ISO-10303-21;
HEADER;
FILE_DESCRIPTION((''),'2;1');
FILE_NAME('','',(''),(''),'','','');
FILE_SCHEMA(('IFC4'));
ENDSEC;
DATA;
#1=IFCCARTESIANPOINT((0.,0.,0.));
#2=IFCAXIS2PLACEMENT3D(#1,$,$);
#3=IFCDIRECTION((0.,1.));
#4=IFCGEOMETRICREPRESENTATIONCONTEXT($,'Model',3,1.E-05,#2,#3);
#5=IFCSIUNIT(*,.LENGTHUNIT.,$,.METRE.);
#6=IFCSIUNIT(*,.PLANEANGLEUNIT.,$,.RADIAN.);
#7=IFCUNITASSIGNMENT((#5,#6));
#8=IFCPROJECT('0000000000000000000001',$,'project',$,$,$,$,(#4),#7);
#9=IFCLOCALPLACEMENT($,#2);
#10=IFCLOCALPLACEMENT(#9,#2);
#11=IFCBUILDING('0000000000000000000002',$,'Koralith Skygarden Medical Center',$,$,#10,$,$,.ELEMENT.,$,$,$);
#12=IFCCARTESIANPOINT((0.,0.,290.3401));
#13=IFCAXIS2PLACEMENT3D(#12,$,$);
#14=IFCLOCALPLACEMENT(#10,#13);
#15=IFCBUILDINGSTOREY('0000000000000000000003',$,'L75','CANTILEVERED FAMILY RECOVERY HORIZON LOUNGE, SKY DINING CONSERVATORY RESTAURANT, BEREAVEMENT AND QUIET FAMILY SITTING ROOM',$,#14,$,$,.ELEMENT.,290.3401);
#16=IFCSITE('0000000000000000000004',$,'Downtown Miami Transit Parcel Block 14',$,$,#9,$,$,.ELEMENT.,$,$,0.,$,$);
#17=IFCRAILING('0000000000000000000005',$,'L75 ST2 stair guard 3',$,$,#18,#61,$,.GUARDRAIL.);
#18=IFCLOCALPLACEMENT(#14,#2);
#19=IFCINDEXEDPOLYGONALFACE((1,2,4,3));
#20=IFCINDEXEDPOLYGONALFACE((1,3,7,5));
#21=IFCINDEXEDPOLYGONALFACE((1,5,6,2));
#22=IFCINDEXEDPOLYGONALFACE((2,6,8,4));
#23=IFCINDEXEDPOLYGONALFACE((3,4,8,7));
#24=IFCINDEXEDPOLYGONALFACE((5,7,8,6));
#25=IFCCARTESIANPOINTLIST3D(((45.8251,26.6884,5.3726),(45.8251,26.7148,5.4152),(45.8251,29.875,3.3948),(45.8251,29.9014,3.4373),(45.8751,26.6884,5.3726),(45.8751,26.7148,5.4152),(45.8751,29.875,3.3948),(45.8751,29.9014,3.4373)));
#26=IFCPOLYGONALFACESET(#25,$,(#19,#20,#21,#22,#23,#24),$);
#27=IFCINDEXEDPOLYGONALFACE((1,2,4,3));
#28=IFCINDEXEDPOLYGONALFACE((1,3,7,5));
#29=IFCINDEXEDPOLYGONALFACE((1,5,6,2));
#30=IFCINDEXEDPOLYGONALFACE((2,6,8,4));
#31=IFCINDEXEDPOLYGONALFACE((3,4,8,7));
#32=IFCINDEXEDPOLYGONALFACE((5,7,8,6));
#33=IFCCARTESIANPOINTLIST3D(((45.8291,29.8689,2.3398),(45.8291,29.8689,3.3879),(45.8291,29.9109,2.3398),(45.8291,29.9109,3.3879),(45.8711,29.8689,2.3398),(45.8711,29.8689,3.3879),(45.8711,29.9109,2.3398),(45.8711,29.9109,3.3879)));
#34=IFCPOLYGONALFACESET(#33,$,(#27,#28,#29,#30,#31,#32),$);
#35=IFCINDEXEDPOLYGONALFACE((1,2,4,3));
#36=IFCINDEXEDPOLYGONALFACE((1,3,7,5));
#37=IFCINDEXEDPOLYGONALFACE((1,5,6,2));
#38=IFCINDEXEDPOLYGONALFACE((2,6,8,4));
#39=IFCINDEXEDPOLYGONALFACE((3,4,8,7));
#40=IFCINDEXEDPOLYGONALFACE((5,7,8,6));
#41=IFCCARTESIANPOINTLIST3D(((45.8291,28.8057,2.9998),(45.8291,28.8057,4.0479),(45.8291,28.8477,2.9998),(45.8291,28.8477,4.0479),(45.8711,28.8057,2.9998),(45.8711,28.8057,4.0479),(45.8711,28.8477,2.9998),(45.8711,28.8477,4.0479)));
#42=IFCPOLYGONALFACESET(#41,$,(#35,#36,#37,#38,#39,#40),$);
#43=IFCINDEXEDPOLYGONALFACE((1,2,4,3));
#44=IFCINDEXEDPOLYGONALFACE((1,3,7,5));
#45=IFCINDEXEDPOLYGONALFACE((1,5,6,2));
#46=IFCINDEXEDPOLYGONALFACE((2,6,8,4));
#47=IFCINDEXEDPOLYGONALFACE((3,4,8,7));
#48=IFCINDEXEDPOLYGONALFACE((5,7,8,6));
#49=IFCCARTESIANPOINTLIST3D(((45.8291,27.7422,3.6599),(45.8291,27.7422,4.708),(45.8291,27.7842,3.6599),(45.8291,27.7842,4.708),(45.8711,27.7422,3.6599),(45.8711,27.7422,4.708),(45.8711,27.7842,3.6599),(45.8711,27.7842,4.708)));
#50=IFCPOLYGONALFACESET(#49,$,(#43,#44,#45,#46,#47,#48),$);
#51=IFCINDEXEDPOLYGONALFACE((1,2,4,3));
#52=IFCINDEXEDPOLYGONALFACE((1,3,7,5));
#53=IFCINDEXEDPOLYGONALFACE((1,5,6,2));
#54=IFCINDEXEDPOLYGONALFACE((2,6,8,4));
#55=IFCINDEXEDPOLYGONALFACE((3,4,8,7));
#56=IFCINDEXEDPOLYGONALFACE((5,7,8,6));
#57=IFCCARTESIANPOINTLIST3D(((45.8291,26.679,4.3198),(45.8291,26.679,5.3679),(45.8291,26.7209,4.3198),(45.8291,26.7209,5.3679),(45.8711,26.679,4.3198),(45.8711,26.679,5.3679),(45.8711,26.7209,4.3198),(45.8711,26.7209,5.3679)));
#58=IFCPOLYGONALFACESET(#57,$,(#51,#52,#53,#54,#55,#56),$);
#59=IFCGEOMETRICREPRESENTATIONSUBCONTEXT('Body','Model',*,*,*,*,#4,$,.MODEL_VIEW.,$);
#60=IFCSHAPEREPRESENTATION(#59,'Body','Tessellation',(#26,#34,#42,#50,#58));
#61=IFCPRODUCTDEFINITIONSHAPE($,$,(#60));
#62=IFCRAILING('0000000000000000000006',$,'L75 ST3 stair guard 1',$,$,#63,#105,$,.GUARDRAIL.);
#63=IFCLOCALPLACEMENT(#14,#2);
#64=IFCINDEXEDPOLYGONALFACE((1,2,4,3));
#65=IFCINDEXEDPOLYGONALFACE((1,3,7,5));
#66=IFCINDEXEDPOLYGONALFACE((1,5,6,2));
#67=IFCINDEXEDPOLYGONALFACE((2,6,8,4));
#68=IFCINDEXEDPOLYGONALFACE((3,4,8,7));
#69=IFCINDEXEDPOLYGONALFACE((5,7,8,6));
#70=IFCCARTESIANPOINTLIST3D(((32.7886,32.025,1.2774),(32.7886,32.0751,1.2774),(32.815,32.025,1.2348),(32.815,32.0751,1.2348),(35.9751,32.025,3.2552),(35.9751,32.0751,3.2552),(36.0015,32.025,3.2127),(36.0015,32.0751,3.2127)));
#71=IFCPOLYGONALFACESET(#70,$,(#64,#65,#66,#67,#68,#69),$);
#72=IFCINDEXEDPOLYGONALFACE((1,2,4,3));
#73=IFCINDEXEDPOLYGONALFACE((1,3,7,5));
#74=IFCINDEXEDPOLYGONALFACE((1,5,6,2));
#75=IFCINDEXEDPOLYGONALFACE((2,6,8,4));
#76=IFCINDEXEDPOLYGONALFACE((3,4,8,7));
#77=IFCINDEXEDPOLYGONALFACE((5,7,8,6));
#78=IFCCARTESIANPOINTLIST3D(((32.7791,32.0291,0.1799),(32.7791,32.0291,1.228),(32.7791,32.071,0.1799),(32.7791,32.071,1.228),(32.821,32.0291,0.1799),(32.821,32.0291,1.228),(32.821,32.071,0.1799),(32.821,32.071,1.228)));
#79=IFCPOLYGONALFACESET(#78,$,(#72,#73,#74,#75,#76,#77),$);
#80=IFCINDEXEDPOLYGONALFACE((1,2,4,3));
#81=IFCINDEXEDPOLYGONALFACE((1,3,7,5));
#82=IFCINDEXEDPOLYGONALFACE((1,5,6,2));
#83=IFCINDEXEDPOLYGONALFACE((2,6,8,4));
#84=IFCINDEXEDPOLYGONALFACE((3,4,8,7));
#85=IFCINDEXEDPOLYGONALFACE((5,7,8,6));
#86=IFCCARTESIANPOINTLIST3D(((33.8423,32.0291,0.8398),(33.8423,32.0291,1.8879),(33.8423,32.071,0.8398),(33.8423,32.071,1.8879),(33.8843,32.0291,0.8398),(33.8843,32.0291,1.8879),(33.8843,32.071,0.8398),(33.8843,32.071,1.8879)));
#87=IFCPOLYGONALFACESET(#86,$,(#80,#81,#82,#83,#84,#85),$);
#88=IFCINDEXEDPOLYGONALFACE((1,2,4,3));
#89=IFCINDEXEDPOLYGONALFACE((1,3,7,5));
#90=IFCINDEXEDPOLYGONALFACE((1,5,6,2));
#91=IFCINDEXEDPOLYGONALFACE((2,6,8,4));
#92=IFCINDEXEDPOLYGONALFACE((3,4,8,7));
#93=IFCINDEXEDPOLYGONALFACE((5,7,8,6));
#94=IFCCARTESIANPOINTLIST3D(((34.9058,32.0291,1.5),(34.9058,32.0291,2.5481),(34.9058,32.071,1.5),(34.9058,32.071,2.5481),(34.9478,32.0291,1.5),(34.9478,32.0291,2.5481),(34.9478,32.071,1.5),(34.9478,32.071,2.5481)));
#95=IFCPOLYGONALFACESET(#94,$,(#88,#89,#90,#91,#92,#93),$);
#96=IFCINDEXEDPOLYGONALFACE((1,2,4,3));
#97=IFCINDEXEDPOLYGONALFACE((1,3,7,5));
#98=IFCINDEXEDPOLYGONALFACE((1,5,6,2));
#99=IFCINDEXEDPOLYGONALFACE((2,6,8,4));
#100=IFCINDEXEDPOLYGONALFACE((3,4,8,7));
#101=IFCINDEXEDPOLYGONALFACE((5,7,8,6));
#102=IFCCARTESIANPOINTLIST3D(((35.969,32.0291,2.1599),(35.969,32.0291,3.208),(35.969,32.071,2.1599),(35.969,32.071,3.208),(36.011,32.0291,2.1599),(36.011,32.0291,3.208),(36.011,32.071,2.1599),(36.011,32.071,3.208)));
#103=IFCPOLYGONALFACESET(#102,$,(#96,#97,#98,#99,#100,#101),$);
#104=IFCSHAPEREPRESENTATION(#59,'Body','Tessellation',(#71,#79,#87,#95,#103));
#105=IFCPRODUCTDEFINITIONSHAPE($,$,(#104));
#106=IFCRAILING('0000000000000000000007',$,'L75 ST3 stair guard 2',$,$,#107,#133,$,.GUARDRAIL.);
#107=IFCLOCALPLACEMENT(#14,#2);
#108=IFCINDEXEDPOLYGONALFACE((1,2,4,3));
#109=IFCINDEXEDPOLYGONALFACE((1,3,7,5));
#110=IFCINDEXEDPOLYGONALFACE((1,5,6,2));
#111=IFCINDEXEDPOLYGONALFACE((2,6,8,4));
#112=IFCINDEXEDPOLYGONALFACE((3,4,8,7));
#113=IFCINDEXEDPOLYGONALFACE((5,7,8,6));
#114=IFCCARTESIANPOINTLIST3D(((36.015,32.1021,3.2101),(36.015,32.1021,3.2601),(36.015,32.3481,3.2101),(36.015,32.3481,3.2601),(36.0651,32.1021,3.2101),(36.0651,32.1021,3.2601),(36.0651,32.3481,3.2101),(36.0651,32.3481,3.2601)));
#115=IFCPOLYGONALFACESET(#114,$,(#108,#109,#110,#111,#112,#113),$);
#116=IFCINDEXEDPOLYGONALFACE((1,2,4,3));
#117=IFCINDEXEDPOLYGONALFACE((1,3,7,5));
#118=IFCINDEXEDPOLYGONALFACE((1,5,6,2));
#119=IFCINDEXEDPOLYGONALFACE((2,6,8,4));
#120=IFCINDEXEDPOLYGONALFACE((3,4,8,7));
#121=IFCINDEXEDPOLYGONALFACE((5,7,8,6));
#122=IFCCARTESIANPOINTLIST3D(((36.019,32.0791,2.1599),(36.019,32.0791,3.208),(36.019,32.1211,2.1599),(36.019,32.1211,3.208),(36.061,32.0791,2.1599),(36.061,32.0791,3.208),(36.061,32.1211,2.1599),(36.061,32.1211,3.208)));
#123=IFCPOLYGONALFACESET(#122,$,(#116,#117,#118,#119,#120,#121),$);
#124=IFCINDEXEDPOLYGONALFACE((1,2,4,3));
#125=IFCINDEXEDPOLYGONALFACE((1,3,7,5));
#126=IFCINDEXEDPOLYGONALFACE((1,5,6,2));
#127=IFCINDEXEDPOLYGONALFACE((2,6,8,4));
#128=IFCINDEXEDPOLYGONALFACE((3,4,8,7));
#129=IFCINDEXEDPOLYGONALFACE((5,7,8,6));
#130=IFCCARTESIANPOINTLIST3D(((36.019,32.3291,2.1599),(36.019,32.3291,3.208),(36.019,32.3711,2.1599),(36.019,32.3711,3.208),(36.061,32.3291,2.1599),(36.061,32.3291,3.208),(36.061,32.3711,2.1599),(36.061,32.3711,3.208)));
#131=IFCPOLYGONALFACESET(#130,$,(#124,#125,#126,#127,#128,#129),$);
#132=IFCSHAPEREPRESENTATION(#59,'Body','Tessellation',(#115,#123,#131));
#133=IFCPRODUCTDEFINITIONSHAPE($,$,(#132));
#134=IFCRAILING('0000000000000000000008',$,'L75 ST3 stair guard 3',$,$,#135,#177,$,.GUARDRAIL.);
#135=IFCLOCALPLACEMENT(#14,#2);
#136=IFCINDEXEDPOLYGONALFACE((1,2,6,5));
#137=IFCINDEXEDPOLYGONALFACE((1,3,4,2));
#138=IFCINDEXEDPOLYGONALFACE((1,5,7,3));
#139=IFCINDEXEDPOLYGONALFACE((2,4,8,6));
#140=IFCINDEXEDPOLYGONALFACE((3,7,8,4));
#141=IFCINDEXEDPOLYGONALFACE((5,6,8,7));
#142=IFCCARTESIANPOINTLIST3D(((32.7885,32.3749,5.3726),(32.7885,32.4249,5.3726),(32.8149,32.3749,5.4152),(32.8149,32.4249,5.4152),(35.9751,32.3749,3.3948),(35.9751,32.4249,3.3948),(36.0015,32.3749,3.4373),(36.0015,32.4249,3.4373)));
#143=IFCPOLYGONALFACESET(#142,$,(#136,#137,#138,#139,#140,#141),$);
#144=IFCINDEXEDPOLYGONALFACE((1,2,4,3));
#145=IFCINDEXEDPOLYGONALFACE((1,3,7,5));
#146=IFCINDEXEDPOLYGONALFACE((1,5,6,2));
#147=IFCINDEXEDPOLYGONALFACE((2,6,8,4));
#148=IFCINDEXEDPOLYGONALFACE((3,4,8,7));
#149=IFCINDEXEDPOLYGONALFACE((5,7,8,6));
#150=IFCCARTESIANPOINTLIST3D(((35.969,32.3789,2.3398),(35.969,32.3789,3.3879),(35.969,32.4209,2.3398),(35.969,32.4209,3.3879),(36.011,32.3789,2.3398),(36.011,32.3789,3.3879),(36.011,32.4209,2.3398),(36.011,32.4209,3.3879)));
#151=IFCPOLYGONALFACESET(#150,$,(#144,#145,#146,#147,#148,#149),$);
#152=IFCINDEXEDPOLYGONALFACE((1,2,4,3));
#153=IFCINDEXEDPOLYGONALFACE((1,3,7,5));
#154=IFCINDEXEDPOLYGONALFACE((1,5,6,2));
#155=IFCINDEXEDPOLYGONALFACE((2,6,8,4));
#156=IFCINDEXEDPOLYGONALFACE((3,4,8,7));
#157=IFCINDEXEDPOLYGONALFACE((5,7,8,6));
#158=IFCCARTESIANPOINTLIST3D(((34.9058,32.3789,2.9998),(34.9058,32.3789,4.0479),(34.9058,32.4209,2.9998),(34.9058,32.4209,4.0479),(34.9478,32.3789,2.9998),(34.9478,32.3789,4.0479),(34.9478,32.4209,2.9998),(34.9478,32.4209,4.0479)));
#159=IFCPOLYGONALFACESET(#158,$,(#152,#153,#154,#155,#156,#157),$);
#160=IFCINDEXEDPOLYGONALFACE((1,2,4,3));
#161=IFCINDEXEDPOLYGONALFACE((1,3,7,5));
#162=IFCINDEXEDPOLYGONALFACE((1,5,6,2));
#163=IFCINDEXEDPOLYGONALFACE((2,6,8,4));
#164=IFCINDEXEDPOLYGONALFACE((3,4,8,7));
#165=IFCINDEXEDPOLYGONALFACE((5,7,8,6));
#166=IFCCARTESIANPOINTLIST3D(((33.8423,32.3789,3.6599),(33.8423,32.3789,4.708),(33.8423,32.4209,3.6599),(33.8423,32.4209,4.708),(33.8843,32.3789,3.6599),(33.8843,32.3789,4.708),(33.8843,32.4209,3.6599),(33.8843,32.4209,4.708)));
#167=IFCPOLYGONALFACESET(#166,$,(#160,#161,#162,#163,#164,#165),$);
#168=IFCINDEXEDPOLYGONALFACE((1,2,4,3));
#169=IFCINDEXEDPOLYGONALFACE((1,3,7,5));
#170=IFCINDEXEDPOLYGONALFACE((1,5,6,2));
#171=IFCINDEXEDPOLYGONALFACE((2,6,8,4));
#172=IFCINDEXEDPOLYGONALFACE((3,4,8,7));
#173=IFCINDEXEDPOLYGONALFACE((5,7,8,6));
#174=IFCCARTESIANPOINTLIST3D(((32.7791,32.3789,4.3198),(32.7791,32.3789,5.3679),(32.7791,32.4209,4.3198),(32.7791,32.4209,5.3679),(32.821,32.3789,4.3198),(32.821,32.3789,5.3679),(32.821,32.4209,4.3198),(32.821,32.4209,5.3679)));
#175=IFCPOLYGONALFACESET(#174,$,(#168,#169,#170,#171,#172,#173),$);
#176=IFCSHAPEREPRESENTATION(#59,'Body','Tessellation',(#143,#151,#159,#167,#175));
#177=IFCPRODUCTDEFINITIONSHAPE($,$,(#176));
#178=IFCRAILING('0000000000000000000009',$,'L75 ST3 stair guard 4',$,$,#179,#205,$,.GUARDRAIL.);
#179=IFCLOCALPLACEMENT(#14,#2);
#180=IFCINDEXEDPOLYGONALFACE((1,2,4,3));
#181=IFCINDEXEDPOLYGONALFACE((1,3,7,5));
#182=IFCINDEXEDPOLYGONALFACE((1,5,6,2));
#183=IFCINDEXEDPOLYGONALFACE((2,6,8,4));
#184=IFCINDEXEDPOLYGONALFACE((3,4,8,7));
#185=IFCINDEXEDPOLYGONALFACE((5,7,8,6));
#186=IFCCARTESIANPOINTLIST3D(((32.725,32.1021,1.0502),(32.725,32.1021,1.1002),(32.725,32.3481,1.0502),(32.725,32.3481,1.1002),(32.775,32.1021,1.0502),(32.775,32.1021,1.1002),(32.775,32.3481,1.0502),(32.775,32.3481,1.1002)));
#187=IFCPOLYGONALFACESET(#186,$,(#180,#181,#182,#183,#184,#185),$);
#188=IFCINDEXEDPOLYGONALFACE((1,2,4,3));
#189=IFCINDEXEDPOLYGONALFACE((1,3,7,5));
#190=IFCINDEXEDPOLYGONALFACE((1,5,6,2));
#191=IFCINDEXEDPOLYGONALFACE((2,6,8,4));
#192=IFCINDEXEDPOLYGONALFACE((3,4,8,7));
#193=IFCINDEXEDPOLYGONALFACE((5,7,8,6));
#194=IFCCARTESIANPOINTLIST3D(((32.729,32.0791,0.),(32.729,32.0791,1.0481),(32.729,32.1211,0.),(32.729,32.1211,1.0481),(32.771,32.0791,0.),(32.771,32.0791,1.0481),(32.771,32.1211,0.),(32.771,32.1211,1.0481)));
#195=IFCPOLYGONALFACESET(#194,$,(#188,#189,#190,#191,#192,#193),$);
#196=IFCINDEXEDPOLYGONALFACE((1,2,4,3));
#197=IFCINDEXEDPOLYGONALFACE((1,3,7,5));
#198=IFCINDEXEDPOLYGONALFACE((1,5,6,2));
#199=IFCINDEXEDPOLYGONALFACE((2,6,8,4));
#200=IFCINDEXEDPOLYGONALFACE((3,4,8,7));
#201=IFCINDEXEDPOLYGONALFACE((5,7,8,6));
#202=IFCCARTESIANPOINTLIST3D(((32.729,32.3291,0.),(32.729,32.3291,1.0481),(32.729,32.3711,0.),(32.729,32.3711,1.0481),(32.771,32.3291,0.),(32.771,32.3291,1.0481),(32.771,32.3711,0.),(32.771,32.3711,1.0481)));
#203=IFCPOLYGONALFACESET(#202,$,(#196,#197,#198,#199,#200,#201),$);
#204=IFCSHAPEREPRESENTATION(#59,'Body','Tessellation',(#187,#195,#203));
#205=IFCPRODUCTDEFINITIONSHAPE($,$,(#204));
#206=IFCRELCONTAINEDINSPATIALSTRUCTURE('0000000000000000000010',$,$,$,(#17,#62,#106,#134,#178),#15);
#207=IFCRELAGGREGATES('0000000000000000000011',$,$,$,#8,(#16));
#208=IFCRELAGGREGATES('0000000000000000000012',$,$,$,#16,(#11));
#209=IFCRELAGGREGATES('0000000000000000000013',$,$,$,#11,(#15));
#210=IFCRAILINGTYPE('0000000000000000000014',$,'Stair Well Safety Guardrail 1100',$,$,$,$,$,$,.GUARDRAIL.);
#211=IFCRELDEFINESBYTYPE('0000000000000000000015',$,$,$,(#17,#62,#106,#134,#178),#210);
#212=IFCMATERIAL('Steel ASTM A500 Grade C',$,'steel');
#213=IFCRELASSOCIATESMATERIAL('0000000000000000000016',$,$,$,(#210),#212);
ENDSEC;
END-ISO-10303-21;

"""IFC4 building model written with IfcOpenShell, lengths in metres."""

from ifc_helpers import new_model, si_unit, direction, frame, origin, origin_2d, place, context, subcontext, project, spatial, rectangle, extrude, material, type_object, element, save


model = new_model("IFC4")

# Units and contexts
model_context = context("Model", 3, precision=1e-05, world=origin(), true_north=direction((0.0, 1.0)))
body_context = subcontext(model_context, "Body", "Model", "MODEL_VIEW")
ifc_project = project(units=[si_unit("LENGTHUNIT", "METRE"), si_unit("PLANEANGLEUNIT", "RADIAN")], contexts=[model_context])

# Site, building, storey
site_placement = place(None, origin())
site = spatial("IfcSite", under=ifc_project, at=site_placement, Name="Downtown Miami Transit Parcel Block 14", CompositionType="ELEMENT", RefElevation=0.0)
building_placement = place(site_placement, origin())
building = spatial("IfcBuilding", under=site, at=building_placement, Name="Koralith Skygarden Medical Center", CompositionType="ELEMENT")
storey_placement = place(building_placement, frame((0.0, 0.0, 290.3401)))
storey = spatial("IfcBuildingStorey", under=building, at=storey_placement, Name="L75", Description="CANTILEVERED FAMILY RECOVERY HORIZON LOUNGE, SKY DINING CONSERVATORY RESTAURANT, BEREAVEMENT AND QUIET FAMILY SITTING ROOM", CompositionType="ELEMENT", Elevation=290.3401)

# Shared definitions
ifc_material_1 = material(Name="Steel ASTM A500 Grade C", Category="steel")

# Railings
railing_type_1 = type_object("IfcRailingType", Name="Stair Well Safety Guardrail 1100", PredefinedType="GUARDRAIL", material=ifc_material_1)
railing_1_placement = place(storey_placement, frame((45.8501, 29.8899, 2.3398)))
element("IfcRailing", 1, at=railing_1_placement, inside=storey, type_object=railing_type_1, Name="L75 ST2 stair guard 3", PredefinedType="GUARDRAIL", context=body_context, shape_type="SweptSolid", body=[
    extrude(rectangle(XDim=0.05, YDim=0.05, at=origin_2d()), frame((0.0, -0.0017, 1.0762), z_axis=(0.0, -0.849638, 0.527366), x_axis=(1.0, 0.0, 0.0)), (0.0, 0.0, 1.0), 3.7505),
    extrude(rectangle(XDim=0.042, YDim=0.042, at=origin_2d()), origin(), (0.0, 0.0, 1.0), 1.0481),
    extrude(rectangle(XDim=0.042, YDim=0.042, at=origin_2d()), frame((0.0, -1.0632, 0.6599)), (0.0, 0.0, 1.0), 1.0481),
    extrude(rectangle(XDim=0.042, YDim=0.042, at=origin_2d()), frame((0.0, -2.1267, 1.3201)), (0.0, 0.0, 1.0), 1.0481),
    extrude(rectangle(XDim=0.042, YDim=0.042, at=origin_2d()), frame((0.0, -3.1899, 1.98)), (0.0, 0.0, 1.0), 1.0481),
])
railing_2_placement = place(storey_placement, frame((32.8, 32.05, 0.1799)))
element("IfcRailing", 2, at=railing_2_placement, inside=storey, type_object=railing_type_1, Name="L75 ST3 stair guard 1", PredefinedType="GUARDRAIL", context=body_context, shape_type="SweptSolid", body=[
    extrude(rectangle(XDim=0.05, YDim=0.05, at=origin_2d()), frame((0.0017, 0.0, 1.0762), z_axis=(0.849638, 0.0, 0.527366), x_axis=(0.0, 1.0, 0.0)), (0.0, 0.0, 1.0), 3.7505),
    extrude(rectangle(XDim=0.042, YDim=0.042, at=origin_2d()), origin(), (0.0, 0.0, 1.0), 1.0481),
    extrude(rectangle(XDim=0.042, YDim=0.042, at=origin_2d()), frame((1.0632, 0.0, 0.6599)), (0.0, 0.0, 1.0), 1.0481),
    extrude(rectangle(XDim=0.042, YDim=0.042, at=origin_2d()), frame((2.1267, 0.0, 1.3201)), (0.0, 0.0, 1.0), 1.0481),
    extrude(rectangle(XDim=0.042, YDim=0.042, at=origin_2d()), frame((3.1899, 0.0, 1.98)), (0.0, 0.0, 1.0), 1.0481),
])
railing_3_placement = place(storey_placement, frame((36.04, 32.1001, 2.1599)))
element("IfcRailing", 3, at=railing_3_placement, inside=storey, type_object=railing_type_1, Name="L75 ST3 stair guard 2", PredefinedType="GUARDRAIL", context=body_context, shape_type="SweptSolid", body=[
    extrude(rectangle(XDim=0.05, YDim=0.05, at=origin_2d()), frame((0.0, 0.002, 1.0752), z_axis=(0.0, 1.0, 0.0), x_axis=(-1.0, 0.0, 0.0)), (0.0, 0.0, 1.0), 0.2461),
    extrude(rectangle(XDim=0.042, YDim=0.042, at=origin_2d()), origin(), (0.0, 0.0, 1.0), 1.0481),
    extrude(rectangle(XDim=0.042, YDim=0.042, at=origin_2d()), frame((0.0, 0.25, 0.0)), (0.0, 0.0, 1.0), 1.0481),
])
railing_4_placement = place(storey_placement, frame((35.99, 32.3999, 2.3398)))
element("IfcRailing", 4, at=railing_4_placement, inside=storey, type_object=railing_type_1, Name="L75 ST3 stair guard 3", PredefinedType="GUARDRAIL", context=body_context, shape_type="SweptSolid", body=[
    extrude(rectangle(XDim=0.05, YDim=0.05, at=origin_2d()), frame((-0.0017, 0.0, 1.0762), z_axis=(-0.849638, 0.0, 0.527366), x_axis=(0.0, -1.0, 0.0)), (0.0, 0.0, 1.0), 3.7505),
    extrude(rectangle(XDim=0.042, YDim=0.042, at=origin_2d()), origin(), (0.0, 0.0, 1.0), 1.0481),
    extrude(rectangle(XDim=0.042, YDim=0.042, at=origin_2d()), frame((-1.0632, 0.0, 0.6599)), (0.0, 0.0, 1.0), 1.0481),
    extrude(rectangle(XDim=0.042, YDim=0.042, at=origin_2d()), frame((-2.1267, 0.0, 1.3201)), (0.0, 0.0, 1.0), 1.0481),
    extrude(rectangle(XDim=0.042, YDim=0.042, at=origin_2d()), frame((-3.1899, 0.0, 1.98)), (0.0, 0.0, 1.0), 1.0481),
])
railing_5_placement = place(storey_placement, frame((32.75, 32.1001, 0.0)))
element("IfcRailing", 5, at=railing_5_placement, inside=storey, type_object=railing_type_1, Name="L75 ST3 stair guard 4", PredefinedType="GUARDRAIL", context=body_context, shape_type="SweptSolid", body=[
    extrude(rectangle(XDim=0.05, YDim=0.05, at=origin_2d()), frame((0.0, 0.002, 1.0752), z_axis=(0.0, 1.0, 0.0), x_axis=(-1.0, 0.0, 0.0)), (0.0, 0.0, 1.0), 0.2461),
    extrude(rectangle(XDim=0.042, YDim=0.042, at=origin_2d()), origin(), (0.0, 0.0, 1.0), 1.0481),
    extrude(rectangle(XDim=0.042, YDim=0.042, at=origin_2d()), frame((0.0, 0.25, 0.0)), (0.0, 0.0, 1.0), 1.0481),
])

save(model, "model.ifc")
